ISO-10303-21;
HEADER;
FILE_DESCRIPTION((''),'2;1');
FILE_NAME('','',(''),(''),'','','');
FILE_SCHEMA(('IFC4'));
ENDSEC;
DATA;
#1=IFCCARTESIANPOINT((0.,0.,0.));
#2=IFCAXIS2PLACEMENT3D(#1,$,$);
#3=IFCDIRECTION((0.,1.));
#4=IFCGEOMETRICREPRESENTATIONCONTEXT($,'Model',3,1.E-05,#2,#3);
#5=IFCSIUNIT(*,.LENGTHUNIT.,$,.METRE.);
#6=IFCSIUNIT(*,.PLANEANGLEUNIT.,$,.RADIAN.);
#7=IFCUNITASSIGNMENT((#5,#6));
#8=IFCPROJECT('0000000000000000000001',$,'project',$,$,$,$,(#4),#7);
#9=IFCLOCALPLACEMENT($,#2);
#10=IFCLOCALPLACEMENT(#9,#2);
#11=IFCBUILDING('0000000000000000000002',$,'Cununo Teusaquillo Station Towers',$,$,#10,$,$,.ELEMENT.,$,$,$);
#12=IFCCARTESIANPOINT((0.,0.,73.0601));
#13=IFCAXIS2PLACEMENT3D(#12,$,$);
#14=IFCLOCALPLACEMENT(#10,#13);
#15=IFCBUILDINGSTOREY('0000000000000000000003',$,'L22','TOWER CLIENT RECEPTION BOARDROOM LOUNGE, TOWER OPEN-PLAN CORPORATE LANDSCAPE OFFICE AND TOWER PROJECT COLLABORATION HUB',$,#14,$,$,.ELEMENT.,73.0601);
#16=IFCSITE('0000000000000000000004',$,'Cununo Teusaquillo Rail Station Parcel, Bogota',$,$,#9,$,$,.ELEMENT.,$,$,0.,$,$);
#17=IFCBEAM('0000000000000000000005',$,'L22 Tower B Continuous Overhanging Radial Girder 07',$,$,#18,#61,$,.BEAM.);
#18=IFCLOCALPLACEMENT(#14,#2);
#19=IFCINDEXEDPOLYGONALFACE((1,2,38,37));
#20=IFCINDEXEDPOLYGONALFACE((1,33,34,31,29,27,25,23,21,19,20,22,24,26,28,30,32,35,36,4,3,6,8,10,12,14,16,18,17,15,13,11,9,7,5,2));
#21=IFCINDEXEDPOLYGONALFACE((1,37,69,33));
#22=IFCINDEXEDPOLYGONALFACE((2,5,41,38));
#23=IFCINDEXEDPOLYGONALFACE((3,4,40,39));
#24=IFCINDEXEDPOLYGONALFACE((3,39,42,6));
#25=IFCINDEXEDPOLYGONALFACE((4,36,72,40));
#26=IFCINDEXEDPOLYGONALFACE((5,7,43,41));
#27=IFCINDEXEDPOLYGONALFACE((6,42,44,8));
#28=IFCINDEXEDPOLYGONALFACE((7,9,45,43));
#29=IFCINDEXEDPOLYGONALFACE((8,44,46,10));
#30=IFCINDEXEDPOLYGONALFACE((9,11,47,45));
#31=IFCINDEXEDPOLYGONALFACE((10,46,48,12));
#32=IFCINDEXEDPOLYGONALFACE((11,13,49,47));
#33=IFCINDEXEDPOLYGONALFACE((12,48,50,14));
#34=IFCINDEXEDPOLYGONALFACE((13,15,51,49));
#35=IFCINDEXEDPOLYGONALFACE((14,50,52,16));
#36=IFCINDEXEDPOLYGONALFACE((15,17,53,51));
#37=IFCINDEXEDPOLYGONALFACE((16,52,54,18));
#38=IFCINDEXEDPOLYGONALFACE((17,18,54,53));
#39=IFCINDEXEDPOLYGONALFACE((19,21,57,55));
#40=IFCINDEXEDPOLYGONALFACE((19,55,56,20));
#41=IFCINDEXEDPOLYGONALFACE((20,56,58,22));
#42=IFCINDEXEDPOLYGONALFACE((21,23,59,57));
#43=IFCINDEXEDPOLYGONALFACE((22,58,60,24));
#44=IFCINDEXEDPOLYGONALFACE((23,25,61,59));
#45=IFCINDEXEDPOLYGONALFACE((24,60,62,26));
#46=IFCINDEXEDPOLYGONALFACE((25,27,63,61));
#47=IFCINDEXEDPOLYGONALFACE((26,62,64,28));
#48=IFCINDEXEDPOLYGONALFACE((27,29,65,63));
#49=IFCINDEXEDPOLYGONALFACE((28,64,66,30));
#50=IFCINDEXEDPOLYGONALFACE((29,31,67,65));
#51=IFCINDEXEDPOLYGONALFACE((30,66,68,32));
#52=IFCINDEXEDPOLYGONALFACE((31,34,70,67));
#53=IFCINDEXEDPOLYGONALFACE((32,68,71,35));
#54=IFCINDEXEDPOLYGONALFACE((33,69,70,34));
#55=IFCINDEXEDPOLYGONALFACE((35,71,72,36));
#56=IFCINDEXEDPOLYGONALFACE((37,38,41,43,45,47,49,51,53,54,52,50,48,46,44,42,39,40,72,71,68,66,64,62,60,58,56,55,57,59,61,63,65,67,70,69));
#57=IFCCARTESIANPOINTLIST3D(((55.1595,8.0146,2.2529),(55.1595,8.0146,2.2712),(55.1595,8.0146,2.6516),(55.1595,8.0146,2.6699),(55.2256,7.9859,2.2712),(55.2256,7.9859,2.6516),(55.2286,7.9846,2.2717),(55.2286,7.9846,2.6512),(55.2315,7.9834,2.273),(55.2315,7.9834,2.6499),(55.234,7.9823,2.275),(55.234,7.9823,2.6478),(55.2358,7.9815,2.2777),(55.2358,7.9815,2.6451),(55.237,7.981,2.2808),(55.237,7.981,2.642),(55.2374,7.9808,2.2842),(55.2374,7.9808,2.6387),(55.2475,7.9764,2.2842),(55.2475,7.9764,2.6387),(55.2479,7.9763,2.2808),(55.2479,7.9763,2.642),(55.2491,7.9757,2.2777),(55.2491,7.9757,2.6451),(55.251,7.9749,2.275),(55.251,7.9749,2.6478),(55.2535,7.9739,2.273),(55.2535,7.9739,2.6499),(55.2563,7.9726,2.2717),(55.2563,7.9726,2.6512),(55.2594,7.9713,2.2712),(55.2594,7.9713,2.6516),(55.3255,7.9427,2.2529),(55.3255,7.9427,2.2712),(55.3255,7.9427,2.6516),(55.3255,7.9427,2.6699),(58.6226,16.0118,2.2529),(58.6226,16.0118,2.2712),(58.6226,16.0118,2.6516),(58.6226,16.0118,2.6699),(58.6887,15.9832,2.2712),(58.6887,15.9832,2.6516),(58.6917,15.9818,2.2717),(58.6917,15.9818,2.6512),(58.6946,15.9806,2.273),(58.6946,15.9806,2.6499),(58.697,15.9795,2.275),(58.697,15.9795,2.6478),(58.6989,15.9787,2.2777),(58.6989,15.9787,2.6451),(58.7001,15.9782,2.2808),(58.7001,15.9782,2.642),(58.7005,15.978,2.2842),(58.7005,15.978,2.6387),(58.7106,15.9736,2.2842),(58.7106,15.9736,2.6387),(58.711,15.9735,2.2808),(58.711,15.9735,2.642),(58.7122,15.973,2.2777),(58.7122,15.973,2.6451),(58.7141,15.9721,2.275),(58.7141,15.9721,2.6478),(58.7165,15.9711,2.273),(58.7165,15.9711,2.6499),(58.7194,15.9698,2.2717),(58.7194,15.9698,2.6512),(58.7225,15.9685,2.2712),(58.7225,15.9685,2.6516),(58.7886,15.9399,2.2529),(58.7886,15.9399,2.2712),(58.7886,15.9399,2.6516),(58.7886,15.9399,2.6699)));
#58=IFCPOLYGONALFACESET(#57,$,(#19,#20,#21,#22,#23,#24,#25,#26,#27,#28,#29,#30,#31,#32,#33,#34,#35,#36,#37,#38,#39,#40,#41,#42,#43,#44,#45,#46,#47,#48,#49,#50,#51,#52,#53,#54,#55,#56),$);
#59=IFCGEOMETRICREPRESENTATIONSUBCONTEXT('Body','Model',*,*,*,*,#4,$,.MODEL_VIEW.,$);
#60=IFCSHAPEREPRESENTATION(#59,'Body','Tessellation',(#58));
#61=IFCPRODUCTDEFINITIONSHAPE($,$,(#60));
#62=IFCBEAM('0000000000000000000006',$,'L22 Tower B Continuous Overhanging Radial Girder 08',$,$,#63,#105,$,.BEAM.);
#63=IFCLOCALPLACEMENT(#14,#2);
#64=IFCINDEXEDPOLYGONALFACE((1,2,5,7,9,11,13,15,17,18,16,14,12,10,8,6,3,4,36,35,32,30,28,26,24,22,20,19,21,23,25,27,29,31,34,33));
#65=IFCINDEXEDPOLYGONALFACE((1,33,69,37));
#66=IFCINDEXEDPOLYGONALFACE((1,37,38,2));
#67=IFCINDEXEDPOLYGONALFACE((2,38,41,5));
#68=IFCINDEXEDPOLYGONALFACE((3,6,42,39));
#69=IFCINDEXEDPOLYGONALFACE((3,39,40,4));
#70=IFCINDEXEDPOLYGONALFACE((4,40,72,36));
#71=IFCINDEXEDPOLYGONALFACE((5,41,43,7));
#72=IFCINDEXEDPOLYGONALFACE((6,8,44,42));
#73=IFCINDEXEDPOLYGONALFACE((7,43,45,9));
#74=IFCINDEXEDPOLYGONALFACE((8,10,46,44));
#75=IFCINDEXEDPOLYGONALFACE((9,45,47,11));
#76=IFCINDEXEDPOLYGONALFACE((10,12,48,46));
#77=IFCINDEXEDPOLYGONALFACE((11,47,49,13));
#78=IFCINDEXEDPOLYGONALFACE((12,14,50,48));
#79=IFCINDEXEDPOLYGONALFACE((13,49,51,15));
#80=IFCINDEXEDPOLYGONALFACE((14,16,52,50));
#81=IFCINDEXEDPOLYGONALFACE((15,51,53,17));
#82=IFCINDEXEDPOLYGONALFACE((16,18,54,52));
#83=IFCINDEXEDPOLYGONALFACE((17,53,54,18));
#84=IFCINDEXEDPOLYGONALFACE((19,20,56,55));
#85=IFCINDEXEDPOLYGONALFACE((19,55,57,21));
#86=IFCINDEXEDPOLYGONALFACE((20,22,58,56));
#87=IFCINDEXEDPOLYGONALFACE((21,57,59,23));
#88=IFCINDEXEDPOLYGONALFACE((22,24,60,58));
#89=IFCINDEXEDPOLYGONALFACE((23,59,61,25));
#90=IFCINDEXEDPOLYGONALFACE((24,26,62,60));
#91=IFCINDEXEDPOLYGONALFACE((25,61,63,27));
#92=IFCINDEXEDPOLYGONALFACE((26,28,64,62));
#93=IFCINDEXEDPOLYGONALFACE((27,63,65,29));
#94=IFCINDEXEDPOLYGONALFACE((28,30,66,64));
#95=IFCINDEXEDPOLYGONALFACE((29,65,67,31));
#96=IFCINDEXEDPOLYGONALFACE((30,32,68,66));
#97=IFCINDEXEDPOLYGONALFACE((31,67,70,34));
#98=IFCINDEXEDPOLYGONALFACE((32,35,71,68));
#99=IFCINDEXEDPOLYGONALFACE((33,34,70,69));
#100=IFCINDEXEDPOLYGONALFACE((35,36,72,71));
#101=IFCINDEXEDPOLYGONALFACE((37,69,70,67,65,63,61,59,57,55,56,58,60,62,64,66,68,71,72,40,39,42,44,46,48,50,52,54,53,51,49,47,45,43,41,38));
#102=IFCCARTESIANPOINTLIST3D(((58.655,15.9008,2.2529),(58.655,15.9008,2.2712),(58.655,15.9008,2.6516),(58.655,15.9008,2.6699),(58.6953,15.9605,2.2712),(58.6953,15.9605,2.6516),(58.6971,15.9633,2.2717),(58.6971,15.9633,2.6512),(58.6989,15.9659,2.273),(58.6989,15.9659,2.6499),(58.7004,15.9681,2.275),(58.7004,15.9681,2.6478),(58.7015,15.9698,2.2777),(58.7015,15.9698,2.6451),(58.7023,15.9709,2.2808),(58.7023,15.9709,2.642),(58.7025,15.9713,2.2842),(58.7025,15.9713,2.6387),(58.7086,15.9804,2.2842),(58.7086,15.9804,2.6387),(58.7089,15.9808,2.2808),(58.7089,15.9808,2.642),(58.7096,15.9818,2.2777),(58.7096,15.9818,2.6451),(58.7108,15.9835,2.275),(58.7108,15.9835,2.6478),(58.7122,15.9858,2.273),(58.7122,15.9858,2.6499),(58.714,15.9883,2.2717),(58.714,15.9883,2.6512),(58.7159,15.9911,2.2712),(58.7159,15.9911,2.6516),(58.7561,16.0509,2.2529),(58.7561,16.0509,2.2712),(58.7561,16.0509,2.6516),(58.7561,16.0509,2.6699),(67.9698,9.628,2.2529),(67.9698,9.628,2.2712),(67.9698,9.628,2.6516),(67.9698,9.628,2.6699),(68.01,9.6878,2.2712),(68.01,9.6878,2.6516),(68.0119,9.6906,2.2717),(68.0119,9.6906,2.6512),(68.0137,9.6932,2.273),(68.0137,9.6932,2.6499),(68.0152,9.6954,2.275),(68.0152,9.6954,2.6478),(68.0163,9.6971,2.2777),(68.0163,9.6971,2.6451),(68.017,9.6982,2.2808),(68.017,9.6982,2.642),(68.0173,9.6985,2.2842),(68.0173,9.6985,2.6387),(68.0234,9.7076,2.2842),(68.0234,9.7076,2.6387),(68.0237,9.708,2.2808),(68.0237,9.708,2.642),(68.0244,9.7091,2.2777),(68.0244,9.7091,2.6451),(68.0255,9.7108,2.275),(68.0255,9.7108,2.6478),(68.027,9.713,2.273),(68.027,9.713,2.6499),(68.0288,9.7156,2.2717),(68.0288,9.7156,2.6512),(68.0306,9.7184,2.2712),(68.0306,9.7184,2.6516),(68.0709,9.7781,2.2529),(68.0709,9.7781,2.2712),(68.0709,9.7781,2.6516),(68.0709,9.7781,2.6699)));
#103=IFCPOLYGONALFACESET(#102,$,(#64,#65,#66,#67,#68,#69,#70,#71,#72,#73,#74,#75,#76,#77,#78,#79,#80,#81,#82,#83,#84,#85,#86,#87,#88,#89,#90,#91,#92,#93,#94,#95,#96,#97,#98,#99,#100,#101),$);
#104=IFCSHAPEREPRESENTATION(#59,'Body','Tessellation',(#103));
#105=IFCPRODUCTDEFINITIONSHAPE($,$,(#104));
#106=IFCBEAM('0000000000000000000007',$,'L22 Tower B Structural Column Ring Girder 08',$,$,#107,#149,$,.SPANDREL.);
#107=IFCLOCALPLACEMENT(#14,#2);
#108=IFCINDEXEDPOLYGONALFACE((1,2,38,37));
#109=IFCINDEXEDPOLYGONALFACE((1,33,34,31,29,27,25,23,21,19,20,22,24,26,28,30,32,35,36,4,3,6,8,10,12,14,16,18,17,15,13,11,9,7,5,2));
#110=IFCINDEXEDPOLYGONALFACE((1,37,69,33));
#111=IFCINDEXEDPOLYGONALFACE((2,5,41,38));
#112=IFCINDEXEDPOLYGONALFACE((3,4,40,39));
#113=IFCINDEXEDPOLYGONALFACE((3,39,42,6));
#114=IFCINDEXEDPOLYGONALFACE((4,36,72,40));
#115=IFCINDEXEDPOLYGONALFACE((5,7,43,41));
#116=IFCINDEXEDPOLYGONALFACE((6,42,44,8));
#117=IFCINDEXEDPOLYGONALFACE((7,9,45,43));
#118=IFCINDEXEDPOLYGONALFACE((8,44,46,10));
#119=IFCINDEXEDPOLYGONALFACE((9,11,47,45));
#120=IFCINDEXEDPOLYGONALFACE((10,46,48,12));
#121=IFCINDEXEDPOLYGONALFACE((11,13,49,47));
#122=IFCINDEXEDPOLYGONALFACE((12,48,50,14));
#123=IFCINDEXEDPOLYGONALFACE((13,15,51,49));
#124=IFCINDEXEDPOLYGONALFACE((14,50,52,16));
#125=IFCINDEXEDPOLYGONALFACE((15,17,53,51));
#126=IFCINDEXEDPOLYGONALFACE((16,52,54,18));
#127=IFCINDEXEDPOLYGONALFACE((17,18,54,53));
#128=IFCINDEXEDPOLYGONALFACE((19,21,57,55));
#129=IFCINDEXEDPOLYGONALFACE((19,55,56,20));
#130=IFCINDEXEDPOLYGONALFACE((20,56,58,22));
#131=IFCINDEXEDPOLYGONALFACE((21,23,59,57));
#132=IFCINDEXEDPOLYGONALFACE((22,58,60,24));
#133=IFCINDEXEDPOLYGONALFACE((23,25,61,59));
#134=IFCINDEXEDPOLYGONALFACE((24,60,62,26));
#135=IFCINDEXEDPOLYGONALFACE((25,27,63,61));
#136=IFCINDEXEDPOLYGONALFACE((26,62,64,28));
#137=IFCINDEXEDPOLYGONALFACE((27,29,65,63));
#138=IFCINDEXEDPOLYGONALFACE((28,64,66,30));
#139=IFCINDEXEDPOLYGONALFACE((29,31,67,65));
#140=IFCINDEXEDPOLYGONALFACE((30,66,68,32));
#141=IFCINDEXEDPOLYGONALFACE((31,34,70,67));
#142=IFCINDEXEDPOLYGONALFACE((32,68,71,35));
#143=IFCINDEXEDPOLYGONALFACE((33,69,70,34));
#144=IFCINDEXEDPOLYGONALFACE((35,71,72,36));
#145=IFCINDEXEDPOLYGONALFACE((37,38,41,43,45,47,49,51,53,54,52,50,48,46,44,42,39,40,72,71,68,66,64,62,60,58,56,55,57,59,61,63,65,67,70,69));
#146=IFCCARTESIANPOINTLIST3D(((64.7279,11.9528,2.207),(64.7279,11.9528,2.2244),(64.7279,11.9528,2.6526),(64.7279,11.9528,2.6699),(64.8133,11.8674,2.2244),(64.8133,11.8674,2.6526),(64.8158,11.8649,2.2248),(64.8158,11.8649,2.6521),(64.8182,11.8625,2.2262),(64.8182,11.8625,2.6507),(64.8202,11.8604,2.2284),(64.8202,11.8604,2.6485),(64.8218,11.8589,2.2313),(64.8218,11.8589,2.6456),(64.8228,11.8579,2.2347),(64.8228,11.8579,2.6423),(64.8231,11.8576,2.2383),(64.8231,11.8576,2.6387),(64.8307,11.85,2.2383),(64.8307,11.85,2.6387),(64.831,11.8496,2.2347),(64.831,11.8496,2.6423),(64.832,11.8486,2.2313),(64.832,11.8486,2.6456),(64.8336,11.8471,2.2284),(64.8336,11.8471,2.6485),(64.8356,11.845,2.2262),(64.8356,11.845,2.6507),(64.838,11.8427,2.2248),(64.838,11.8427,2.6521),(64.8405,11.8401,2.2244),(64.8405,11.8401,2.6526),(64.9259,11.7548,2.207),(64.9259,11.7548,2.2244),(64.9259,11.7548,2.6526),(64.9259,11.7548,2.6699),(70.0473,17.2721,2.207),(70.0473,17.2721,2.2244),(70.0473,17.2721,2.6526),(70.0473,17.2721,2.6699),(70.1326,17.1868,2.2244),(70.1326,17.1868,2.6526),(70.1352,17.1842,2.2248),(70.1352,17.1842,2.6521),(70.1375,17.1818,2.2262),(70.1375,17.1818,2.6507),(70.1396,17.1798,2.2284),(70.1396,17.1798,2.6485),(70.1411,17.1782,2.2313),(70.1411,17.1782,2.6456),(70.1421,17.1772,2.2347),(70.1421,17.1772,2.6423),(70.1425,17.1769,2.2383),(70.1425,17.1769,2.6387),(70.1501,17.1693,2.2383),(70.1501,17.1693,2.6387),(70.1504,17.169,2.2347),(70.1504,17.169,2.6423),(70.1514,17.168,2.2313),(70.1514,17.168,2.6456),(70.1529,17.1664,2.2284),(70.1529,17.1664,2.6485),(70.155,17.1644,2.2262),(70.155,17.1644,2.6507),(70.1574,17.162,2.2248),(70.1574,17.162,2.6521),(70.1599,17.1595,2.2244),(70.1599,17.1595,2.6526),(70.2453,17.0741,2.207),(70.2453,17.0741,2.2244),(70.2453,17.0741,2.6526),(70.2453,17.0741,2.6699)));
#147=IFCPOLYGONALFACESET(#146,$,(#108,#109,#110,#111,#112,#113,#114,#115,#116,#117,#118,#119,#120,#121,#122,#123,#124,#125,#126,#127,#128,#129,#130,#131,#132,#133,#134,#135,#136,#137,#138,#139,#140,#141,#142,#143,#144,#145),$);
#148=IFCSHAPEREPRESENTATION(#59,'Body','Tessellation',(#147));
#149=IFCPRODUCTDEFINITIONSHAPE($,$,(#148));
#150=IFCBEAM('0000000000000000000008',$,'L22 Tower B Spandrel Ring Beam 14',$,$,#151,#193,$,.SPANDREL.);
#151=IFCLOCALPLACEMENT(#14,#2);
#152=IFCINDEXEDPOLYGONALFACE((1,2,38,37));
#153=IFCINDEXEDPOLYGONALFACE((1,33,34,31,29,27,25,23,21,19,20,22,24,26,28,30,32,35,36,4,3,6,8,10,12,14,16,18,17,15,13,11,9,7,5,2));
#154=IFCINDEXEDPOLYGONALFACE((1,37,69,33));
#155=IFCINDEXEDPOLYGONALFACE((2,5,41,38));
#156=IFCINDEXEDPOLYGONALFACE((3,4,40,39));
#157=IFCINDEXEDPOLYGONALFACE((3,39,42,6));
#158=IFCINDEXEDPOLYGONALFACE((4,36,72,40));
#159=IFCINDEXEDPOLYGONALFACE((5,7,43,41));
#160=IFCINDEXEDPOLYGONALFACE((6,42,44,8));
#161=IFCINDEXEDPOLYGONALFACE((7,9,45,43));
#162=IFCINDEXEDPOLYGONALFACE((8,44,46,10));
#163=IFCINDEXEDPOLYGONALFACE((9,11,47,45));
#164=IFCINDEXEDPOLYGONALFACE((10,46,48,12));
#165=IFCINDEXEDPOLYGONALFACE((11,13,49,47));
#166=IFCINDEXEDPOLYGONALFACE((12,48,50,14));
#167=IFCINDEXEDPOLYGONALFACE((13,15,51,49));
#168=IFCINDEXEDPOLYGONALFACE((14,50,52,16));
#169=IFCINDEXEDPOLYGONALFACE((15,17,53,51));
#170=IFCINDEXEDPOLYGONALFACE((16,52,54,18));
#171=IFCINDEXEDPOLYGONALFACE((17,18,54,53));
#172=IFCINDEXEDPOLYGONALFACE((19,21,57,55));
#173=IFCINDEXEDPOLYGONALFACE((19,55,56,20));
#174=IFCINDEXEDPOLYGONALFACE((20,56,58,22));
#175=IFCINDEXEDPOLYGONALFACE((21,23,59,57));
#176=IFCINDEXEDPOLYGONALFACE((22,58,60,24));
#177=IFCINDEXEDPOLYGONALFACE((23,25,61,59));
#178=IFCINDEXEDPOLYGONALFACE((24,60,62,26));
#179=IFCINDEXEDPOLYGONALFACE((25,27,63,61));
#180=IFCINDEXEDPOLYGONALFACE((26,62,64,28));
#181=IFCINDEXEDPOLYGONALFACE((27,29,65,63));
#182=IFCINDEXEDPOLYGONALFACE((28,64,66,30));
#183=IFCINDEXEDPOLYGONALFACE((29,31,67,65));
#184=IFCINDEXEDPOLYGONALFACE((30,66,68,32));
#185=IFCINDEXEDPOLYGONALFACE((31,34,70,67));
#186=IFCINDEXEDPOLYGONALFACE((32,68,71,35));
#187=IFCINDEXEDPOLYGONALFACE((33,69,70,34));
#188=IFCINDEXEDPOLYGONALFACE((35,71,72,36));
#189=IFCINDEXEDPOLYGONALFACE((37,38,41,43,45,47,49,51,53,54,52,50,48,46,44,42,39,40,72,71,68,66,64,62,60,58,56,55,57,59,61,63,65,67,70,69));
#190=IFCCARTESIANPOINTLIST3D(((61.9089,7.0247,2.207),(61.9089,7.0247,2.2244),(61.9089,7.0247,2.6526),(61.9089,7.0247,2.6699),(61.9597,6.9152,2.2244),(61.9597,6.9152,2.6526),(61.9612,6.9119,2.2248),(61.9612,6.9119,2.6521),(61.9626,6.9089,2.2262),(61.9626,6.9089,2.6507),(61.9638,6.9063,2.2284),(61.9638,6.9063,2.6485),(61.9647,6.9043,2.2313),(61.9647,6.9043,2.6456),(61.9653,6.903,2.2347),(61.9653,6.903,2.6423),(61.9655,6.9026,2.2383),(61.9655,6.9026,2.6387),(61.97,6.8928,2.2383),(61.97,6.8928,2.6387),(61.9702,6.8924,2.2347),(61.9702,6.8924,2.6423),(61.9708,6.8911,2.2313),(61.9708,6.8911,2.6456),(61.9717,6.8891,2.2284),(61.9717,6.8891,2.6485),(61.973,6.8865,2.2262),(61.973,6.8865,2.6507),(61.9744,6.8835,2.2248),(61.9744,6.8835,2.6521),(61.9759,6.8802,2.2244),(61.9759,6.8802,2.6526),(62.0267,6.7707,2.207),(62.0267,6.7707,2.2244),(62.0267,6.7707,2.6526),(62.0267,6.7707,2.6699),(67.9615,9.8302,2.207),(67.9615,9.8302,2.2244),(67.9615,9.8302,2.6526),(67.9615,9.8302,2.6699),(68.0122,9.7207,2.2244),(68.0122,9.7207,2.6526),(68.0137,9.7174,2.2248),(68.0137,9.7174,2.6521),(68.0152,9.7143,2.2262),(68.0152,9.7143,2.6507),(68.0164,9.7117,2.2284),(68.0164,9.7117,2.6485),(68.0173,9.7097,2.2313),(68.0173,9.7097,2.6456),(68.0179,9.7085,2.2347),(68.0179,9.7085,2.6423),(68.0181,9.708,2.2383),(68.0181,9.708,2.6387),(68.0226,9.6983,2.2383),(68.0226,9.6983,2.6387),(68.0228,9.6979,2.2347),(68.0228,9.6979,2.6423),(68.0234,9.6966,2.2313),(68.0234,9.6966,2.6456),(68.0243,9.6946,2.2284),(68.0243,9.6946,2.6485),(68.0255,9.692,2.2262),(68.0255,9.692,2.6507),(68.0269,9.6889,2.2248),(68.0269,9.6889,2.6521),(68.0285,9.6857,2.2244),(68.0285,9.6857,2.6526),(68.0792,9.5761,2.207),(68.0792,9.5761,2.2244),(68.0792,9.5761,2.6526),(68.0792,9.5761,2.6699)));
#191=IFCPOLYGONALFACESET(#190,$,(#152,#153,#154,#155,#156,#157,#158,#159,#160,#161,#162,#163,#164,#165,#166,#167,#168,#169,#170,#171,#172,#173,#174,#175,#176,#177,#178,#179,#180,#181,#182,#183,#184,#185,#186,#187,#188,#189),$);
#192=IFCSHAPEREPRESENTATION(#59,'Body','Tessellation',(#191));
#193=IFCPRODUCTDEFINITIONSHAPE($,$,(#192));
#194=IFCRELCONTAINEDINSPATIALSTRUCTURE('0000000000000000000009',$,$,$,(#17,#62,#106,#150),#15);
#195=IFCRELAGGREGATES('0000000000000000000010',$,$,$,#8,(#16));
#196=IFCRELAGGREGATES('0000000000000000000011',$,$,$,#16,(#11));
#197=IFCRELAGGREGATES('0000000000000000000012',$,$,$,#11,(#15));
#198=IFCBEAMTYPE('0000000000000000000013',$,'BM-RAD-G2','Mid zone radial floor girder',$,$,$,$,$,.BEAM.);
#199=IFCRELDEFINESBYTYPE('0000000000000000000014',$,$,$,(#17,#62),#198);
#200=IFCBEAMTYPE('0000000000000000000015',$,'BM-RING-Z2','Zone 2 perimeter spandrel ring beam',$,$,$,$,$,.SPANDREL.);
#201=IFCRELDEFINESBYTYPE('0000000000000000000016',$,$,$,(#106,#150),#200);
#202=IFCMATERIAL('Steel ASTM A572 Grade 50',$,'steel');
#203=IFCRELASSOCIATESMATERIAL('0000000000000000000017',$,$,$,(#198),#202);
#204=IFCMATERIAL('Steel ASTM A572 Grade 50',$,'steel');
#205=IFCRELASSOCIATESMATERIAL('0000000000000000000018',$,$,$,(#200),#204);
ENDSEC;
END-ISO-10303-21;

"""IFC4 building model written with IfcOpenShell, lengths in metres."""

from ifc_helpers import new_model, si_unit, direction, frame, origin, origin_2d, place, context, subcontext, project, spatial, i_section, extrude, material, material_profile, profile_set, type_object, element, save


model = new_model("IFC4")

# Units and contexts
model_context = context("Model", 3, precision=1e-05, world=origin(), true_north=direction((0.0, 1.0)))
body_context = subcontext(model_context, "Body", "Model", "MODEL_VIEW")
ifc_project = project(units=[si_unit("LENGTHUNIT", "METRE"), si_unit("PLANEANGLEUNIT", "RADIAN")], contexts=[model_context])

# Site, building, storey
site_placement = place(None, origin())
site = spatial("IfcSite", under=ifc_project, at=site_placement, Name="Cununo Teusaquillo Rail Station Parcel, Bogota", CompositionType="ELEMENT", RefElevation=0.0)
building_placement = place(site_placement, origin())
building = spatial("IfcBuilding", under=site, at=building_placement, Name="Cununo Teusaquillo Station Towers", CompositionType="ELEMENT")
storey_placement = place(building_placement, frame((0.0, 0.0, 73.0601)))
storey = spatial("IfcBuildingStorey", under=building, at=storey_placement, Name="L22", Description="TOWER CLIENT RECEPTION BOARDROOM LOUNGE, TOWER OPEN-PLAN CORPORATE LANDSCAPE OFFICE AND TOWER PROJECT COLLABORATION HUB", CompositionType="ELEMENT", Elevation=73.0601)

# Beams
ifc_material_1 = material(Name="Steel ASTM A572 Grade 50", Category="steel")
ifc_material_profile_1 = material_profile(ifc_material_1, i_section(OverallWidth=0.1809, OverallDepth=0.417, WebThickness=0.011, FlangeThickness=0.0183, FilletRadius=0.0129, at=origin_2d()), Name="W16X57")
ifc_profile_set_1 = profile_set([ifc_material_profile_1], Name="Steel ASTM A572 Grade 50")
beam_type_1 = type_object("IfcBeamType", Name="BM-RAD-G2", Description="Mid zone radial floor girder", PredefinedType="BEAM", material=ifc_profile_set_1)
beam_1_placement = place(storey_placement, frame((58.7056, 15.9758, 2.4614), z_axis=(-0.397379, -0.917655, 0.0), x_axis=(0.917655, -0.397379, 0.0)))
element("IfcBeam", 1, at=beam_1_placement, inside=storey, type_object=beam_type_1, Name="L22 Tower B Continuous Overhanging Radial Girder 07", PredefinedType="BEAM", context=body_context, shape_type="SweptSolid", body=[
    extrude(i_section(OverallWidth=0.1809, OverallDepth=0.417, WebThickness=0.011, FlangeThickness=0.0183, FilletRadius=0.0129, at=origin_2d()), origin(), (0.0, 0.0, 1.0), 8.7148),
])
beam_2_placement = place(storey_placement, frame((58.7056, 15.9758, 2.4614), z_axis=(0.829456, -0.558572, 0.0), x_axis=(0.558572, 0.829456, 0.0)))
element("IfcBeam", 2, at=beam_2_placement, inside=storey, type_object=beam_type_1, Name="L22 Tower B Continuous Overhanging Radial Girder 08", PredefinedType="BEAM", context=body_context, shape_type="SweptSolid", body=[
    extrude(i_section(OverallWidth=0.1809, OverallDepth=0.417, WebThickness=0.011, FlangeThickness=0.0183, FilletRadius=0.0129, at=origin_2d()), origin(), (0.0, 0.0, 1.0), 11.23),
])
ifc_material_2 = material(Name="Steel ASTM A572 Grade 50", Category="steel")
ifc_material_profile_2 = material_profile(ifc_material_2, i_section(OverallWidth=0.28, OverallDepth=0.4629, WebThickness=0.0107, FlangeThickness=0.0173, FilletRadius=0.0139, at=origin_2d()), Name="W18X76")
ifc_profile_set_2 = profile_set([ifc_material_profile_2], Name="Steel ASTM A572 Grade 50")
beam_type_2 = type_object("IfcBeamType", Name="BM-RING-Z2", Description="Zone 2 perimeter spandrel ring beam", PredefinedType="SPANDREL", material=ifc_profile_set_2)
beam_3_placement = place(storey_placement, frame((64.8269, 11.8538, 2.4385), z_axis=(0.707107, 0.707107, 0.0), x_axis=(-0.707107, 0.707107, 0.0)))
element("IfcBeam", 3, at=beam_3_placement, inside=storey, type_object=beam_type_2, Name="L22 Tower B Structural Column Ring Girder 08", PredefinedType="SPANDREL", context=body_context, shape_type="SweptSolid", body=[
    extrude(i_section(OverallWidth=0.28, OverallDepth=0.4629, WebThickness=0.0107, FlangeThickness=0.0173, FilletRadius=0.0139, at=origin_2d()), origin(), (0.0, 0.0, 1.0), 7.5227),
])
beam_4_placement = place(storey_placement, frame((61.9678, 6.8977, 2.4385), z_axis=(0.907276, 0.420536, 0.0), x_axis=(-0.420536, 0.907276, 0.0)))
element("IfcBeam", 4, at=beam_4_placement, inside=storey, type_object=beam_type_2, Name="L22 Tower B Spandrel Ring Beam 14", PredefinedType="SPANDREL", context=body_context, shape_type="SweptSolid", body=[
    extrude(i_section(OverallWidth=0.28, OverallDepth=0.4629, WebThickness=0.0107, FlangeThickness=0.0173, FilletRadius=0.0139, at=origin_2d()), origin(), (0.0, 0.0, 1.0), 6.6711),
])

save(model, "model.ifc")
